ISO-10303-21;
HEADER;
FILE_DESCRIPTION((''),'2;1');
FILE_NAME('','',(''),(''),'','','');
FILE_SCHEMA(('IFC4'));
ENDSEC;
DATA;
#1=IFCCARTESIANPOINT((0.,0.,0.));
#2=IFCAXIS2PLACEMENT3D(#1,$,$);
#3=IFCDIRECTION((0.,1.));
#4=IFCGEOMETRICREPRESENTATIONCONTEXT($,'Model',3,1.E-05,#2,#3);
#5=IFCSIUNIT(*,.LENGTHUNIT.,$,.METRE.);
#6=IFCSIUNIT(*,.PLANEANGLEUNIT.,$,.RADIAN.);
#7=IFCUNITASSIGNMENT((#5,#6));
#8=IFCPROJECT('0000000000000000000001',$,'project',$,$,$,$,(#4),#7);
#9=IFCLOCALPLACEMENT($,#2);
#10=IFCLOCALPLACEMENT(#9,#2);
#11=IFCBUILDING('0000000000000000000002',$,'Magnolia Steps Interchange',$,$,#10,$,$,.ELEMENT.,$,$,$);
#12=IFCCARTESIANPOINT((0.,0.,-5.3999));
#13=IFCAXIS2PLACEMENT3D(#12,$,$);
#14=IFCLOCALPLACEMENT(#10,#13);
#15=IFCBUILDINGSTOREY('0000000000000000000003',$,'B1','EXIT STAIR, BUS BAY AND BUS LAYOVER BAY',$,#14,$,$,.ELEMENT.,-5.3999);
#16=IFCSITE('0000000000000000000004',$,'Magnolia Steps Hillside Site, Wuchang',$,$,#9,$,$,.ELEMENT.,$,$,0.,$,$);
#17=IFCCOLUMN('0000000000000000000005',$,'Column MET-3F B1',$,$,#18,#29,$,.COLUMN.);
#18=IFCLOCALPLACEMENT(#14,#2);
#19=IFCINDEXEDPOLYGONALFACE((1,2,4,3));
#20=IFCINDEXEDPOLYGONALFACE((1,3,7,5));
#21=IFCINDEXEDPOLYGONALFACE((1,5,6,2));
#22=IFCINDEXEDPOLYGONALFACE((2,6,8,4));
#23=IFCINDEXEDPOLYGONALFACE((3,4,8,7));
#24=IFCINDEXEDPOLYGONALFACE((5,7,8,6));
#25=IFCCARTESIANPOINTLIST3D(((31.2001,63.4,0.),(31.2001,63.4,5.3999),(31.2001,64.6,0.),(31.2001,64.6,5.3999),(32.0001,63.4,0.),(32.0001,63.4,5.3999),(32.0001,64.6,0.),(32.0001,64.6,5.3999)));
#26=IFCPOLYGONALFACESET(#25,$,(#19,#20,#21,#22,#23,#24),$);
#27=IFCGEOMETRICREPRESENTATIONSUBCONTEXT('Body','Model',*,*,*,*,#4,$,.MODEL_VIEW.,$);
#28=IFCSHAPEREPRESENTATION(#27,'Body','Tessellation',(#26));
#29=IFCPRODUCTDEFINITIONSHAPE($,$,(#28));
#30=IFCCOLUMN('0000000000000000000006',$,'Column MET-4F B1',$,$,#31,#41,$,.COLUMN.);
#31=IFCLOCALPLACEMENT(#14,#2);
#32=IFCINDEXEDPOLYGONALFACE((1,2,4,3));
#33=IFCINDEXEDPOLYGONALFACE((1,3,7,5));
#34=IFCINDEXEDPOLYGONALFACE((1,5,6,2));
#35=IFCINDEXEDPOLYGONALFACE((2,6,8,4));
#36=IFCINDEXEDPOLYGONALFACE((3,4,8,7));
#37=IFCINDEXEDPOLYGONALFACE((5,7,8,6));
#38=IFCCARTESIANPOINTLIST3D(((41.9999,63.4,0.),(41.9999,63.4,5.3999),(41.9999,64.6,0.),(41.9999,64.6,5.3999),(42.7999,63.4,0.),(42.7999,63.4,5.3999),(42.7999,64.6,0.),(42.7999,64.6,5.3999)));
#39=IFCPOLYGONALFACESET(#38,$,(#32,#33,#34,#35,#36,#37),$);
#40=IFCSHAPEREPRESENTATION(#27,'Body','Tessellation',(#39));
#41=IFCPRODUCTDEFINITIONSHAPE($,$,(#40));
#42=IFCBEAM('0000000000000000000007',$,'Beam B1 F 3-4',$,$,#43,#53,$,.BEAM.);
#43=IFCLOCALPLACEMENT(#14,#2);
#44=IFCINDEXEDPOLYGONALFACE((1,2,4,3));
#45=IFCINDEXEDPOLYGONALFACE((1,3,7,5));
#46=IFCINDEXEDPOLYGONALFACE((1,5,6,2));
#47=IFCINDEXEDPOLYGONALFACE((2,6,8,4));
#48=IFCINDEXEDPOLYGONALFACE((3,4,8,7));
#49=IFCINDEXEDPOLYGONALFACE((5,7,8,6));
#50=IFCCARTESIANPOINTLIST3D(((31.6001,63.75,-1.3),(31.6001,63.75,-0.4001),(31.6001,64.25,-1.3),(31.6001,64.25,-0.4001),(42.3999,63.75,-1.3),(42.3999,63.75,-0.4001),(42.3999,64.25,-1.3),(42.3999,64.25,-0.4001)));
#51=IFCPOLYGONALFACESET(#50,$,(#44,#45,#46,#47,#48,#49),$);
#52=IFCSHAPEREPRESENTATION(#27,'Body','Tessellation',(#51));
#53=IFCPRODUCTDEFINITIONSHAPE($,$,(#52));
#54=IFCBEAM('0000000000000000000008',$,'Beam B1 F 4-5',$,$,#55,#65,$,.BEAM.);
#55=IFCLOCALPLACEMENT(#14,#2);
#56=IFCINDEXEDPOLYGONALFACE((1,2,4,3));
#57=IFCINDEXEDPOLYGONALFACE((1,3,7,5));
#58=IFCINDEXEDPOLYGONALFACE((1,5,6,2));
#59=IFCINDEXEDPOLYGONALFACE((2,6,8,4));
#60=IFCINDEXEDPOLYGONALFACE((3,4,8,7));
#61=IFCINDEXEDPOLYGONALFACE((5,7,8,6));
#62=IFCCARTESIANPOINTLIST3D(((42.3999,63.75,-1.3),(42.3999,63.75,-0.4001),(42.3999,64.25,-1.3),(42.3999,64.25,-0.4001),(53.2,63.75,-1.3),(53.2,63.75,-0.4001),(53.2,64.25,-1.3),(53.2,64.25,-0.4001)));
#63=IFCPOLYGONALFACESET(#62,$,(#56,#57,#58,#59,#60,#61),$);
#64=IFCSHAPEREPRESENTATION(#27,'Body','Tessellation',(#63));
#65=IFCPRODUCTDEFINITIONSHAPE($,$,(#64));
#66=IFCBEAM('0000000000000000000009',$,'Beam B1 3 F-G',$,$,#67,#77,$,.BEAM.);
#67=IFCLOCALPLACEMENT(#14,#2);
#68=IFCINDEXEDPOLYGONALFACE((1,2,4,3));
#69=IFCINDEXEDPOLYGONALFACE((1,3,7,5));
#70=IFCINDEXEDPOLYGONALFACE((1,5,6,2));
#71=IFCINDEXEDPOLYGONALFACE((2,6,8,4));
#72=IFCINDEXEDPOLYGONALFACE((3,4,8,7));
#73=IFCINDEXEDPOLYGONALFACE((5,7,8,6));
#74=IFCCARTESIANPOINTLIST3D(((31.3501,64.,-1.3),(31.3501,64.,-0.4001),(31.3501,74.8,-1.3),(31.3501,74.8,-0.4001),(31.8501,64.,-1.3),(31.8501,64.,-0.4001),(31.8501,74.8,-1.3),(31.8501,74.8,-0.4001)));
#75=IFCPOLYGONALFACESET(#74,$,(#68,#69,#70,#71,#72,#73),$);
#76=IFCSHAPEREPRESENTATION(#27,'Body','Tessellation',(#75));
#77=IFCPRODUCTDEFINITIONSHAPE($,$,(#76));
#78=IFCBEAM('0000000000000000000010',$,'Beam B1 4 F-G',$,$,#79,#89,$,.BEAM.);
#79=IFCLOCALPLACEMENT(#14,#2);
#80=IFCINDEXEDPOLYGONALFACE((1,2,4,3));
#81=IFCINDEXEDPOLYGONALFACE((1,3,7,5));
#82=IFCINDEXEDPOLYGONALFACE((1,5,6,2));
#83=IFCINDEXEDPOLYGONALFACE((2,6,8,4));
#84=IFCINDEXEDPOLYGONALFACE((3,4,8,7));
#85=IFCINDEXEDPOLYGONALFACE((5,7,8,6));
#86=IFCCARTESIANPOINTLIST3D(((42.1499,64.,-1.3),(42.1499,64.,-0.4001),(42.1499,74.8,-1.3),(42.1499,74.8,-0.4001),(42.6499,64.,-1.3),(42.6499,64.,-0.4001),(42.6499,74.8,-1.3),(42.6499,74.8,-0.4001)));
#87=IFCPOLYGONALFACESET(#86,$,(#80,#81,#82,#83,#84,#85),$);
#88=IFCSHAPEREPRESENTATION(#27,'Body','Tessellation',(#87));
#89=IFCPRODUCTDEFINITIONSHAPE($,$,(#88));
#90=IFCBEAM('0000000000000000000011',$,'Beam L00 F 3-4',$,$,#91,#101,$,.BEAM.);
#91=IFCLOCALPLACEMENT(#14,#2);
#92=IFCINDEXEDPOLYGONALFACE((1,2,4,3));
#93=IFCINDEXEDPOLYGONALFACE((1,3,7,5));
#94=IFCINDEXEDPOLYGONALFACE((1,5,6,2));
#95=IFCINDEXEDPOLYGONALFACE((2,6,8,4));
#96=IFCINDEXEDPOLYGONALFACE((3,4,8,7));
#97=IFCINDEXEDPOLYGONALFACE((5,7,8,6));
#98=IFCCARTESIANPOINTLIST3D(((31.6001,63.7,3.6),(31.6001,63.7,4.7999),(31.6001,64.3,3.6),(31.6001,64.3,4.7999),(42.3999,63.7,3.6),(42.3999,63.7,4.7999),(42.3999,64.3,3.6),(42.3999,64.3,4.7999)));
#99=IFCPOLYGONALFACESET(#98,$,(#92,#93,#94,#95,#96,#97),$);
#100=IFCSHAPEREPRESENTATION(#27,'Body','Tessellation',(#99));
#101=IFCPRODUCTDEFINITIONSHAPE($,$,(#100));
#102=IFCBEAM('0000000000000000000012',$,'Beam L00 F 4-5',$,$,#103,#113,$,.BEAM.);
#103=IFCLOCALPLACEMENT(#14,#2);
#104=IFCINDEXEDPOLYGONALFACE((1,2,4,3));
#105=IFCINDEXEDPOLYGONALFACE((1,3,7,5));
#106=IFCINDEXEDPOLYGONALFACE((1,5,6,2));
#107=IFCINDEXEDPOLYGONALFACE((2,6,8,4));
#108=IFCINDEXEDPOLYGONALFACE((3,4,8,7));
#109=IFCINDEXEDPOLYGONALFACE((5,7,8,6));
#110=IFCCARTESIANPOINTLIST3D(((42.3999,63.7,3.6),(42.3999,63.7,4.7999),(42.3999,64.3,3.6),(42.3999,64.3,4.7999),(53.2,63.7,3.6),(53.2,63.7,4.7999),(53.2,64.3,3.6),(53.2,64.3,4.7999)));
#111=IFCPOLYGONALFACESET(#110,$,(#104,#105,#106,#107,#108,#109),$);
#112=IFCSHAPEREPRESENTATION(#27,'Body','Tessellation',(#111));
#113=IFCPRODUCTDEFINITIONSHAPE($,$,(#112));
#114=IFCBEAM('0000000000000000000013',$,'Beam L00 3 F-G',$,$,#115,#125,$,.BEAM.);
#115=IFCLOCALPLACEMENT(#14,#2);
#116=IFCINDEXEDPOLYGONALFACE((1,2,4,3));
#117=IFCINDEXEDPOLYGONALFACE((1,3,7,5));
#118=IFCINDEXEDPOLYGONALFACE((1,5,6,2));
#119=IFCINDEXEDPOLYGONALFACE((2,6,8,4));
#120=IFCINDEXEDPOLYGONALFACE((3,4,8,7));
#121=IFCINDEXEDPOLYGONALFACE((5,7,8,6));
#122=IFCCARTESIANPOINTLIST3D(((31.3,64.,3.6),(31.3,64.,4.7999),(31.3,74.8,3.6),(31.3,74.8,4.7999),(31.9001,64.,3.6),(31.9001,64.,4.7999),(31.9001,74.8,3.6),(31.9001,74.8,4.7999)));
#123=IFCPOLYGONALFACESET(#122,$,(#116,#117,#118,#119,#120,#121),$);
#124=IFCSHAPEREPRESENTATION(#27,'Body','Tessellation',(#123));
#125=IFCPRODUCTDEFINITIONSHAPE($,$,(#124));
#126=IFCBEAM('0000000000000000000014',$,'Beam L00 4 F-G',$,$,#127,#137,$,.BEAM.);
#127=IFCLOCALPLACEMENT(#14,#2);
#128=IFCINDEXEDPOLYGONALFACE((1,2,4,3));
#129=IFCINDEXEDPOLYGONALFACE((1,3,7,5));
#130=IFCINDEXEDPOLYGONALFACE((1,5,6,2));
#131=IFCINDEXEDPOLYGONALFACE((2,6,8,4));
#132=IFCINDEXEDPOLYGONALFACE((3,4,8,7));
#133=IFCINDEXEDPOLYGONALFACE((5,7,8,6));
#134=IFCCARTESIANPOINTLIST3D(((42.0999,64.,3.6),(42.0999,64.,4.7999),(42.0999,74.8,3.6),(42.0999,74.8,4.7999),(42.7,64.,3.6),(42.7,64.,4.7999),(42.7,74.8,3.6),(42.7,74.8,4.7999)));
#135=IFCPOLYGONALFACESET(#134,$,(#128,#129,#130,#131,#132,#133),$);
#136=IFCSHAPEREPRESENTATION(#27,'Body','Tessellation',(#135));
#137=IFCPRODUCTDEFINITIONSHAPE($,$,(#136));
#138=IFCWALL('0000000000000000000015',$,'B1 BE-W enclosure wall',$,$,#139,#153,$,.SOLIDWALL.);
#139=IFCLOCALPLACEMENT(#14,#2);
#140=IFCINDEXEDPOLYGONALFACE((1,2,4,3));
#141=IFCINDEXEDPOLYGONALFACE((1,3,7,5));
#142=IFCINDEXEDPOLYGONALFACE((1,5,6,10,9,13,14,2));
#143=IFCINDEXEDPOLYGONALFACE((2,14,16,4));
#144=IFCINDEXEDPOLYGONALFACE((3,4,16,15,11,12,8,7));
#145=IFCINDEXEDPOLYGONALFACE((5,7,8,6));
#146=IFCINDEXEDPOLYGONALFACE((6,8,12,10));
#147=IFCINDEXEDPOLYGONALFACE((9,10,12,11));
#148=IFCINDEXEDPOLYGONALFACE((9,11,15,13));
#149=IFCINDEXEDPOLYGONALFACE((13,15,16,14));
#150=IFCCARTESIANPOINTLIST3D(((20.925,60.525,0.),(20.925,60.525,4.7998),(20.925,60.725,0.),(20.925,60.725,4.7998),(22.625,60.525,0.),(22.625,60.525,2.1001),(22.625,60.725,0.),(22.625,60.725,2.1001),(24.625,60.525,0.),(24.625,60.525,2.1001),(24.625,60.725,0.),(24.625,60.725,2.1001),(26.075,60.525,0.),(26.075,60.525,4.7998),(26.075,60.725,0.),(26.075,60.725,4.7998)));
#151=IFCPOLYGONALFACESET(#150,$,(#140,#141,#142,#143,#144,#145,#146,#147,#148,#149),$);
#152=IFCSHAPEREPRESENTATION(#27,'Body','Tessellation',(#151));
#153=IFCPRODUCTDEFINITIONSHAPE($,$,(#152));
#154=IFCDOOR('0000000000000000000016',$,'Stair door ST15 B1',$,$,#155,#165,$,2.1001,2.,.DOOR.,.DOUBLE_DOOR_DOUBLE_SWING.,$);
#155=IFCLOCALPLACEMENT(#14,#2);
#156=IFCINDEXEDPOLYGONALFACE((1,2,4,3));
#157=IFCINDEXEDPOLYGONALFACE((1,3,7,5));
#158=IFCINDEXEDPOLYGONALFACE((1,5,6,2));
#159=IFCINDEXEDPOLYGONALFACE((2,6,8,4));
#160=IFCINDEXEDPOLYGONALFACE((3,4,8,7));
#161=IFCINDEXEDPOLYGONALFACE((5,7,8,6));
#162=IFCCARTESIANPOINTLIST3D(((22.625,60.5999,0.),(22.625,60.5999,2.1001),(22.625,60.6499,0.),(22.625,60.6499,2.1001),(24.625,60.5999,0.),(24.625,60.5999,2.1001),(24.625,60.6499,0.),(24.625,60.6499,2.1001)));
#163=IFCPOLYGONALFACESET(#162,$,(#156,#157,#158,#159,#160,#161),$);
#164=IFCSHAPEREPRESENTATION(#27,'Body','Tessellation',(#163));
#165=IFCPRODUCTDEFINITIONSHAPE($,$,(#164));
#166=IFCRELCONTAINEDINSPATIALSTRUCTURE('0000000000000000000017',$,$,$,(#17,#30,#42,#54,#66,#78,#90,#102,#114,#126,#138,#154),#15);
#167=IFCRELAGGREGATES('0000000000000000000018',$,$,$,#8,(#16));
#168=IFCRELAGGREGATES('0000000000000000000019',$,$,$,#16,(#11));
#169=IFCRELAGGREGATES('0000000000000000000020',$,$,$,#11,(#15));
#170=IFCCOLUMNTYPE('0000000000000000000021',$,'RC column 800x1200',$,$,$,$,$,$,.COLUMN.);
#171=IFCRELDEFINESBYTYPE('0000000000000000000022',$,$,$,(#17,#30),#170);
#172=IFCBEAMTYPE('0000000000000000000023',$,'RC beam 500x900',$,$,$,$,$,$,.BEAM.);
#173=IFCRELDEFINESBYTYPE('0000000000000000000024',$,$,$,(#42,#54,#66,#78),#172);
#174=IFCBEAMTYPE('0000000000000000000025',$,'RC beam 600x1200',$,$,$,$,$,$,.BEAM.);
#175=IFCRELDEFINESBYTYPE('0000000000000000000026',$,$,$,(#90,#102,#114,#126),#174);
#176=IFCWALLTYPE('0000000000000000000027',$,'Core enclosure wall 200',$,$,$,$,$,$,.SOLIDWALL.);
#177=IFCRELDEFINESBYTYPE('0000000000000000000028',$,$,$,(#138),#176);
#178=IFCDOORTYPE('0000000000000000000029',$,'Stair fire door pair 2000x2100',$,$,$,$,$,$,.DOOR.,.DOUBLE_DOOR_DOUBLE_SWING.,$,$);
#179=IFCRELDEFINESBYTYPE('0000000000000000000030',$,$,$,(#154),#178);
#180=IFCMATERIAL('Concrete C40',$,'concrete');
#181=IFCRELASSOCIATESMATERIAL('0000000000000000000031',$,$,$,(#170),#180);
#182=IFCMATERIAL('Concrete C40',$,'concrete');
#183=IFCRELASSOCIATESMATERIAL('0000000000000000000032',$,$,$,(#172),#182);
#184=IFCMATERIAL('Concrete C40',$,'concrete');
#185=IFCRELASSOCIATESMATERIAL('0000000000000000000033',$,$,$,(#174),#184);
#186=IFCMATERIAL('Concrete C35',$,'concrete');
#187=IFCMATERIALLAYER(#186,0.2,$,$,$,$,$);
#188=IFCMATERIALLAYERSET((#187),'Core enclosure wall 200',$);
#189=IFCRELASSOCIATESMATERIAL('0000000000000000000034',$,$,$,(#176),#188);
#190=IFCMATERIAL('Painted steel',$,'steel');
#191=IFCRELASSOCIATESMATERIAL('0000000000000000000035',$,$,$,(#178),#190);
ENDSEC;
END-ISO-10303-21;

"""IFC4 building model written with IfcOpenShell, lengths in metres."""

from ifc_helpers import new_model, si_unit, direction, frame, frame_2d, origin, origin_2d, place, context, subcontext, project, spatial, rectangle, extrude, material, layer, layer_set, material_profile, profile_set, type_object, element, fill, save


model = new_model("IFC4")

# Units and contexts
model_context = context("Model", 3, precision=1e-05, world=origin(), true_north=direction((0.0, 1.0)))
body_context = subcontext(model_context, "Body", "Model", "MODEL_VIEW")
ifc_project = project(units=[si_unit("LENGTHUNIT", "METRE"), si_unit("PLANEANGLEUNIT", "RADIAN")], contexts=[model_context])

# Site, building, storey
site_placement = place(None, origin())
site = spatial("IfcSite", under=ifc_project, at=site_placement, Name="Magnolia Steps Hillside Site, Wuchang", CompositionType="ELEMENT", RefElevation=0.0)
building_placement = place(site_placement, origin())
building = spatial("IfcBuilding", under=site, at=building_placement, Name="Magnolia Steps Interchange", CompositionType="ELEMENT")
storey_placement = place(building_placement, frame((0.0, 0.0, -5.3999)))
storey = spatial("IfcBuildingStorey", under=building, at=storey_placement, Name="B1", Description="EXIT STAIR, BUS BAY AND BUS LAYOVER BAY", CompositionType="ELEMENT", Elevation=-5.3999)

# Columns
ifc_material_1 = material(Name="Concrete C40", Category="concrete")
ifc_material_profile_1 = material_profile(ifc_material_1, rectangle(XDim=0.8, YDim=1.2, at=origin_2d()), Name="RC800x1200")
ifc_profile_set_1 = profile_set([ifc_material_profile_1], Name="Concrete C40")
column_type = type_object("IfcColumnType", Name="RC column 800x1200", PredefinedType="COLUMN", material=ifc_profile_set_1)
for number, where, z_axis, x_axis, name in (
    (1, (31.6001, 64.0, 0.0), (0.0, 0.0, 1.0), (1.0, 0.0, 0.0), "Column MET-3F B1"),
    (2, (42.3999, 64.0, 0.0), (0.0, 0.0, 1.0), (1.0, 0.0, 0.0), "Column MET-4F B1"),
):
    element("IfcColumn", number, at=place(storey_placement, frame(where, z_axis=z_axis, x_axis=x_axis)), inside=storey, type_object=column_type, Name=name, PredefinedType="COLUMN", context=body_context, shape_type="SweptSolid", body=[
        extrude(rectangle(XDim=0.8, YDim=1.2, at=origin_2d()), origin(), (0.0, 0.0, 1.0), 5.3999),
    ])

# Beams
ifc_material_2 = material(Name="Concrete C40", Category="concrete")
ifc_material_profile_2 = material_profile(ifc_material_2, rectangle(XDim=0.5, YDim=0.8999, at=origin_2d()), Name="RC500x900")
ifc_profile_set_2 = profile_set([ifc_material_profile_2], Name="Concrete C40")
beam_type_1 = type_object("IfcBeamType", Name="RC beam 500x900", PredefinedType="BEAM", material=ifc_profile_set_2)
beam_1_placement = place(storey_placement, frame((31.6001, 64.0, -0.8501), z_axis=(1.0, 0.0, 0.0), x_axis=(0.0, 1.0, 0.0)))
element("IfcBeam", 3, at=beam_1_placement, inside=storey, type_object=beam_type_1, Name="Beam B1 F 3-4", PredefinedType="BEAM", context=body_context, shape_type="SweptSolid", body=[
    extrude(rectangle(XDim=0.5, YDim=0.8999, at=origin_2d()), origin(), (0.0, 0.0, 1.0), 10.7998),
])
for number, where, z_axis, x_axis, name in (
    (4, (42.3999, 64.0, -0.8501), (1.0, 0.0, 0.0), (0.0, 1.0, 0.0), "Beam B1 F 4-5"),
    (5, (31.6001, 64.0, -0.8501), (0.0, 1.0, 0.0), (-1.0, 0.0, 0.0), "Beam B1 3 F-G"),
    (6, (42.3999, 64.0, -0.8501), (0.0, 1.0, 0.0), (-1.0, 0.0, 0.0), "Beam B1 4 F-G"),
):
    element("IfcBeam", number, at=place(storey_placement, frame(where, z_axis=z_axis, x_axis=x_axis)), inside=storey, type_object=beam_type_1, Name=name, PredefinedType="BEAM", context=body_context, shape_type="SweptSolid", body=[
        extrude(rectangle(XDim=0.5, YDim=0.8999, at=origin_2d()), origin(), (0.0, 0.0, 1.0), 10.8),
    ])
ifc_material_3 = material(Name="Concrete C40", Category="concrete")
ifc_material_profile_3 = material_profile(ifc_material_3, rectangle(XDim=0.6001, YDim=1.2, at=origin_2d()), Name="RC600x1200")
ifc_profile_set_3 = profile_set([ifc_material_profile_3], Name="Concrete C40")
beam_type_2 = type_object("IfcBeamType", Name="RC beam 600x1200", PredefinedType="BEAM", material=ifc_profile_set_3)
beam_2_placement = place(storey_placement, frame((31.6001, 64.0, 4.2), z_axis=(1.0, 0.0, 0.0), x_axis=(0.0, 1.0, 0.0)))
element("IfcBeam", 7, at=beam_2_placement, inside=storey, type_object=beam_type_2, Name="Beam L00 F 3-4", PredefinedType="BEAM", context=body_context, shape_type="SweptSolid", body=[
    extrude(rectangle(XDim=0.6001, YDim=1.2, at=origin_2d()), origin(), (0.0, 0.0, 1.0), 10.7998),
])
for number, where, z_axis, x_axis, name in (
    (8, (42.3999, 64.0, 4.2), (1.0, 0.0, 0.0), (0.0, 1.0, 0.0), "Beam L00 F 4-5"),
    (9, (31.6001, 64.0, 4.2), (0.0, 1.0, 0.0), (-1.0, 0.0, 0.0), "Beam L00 3 F-G"),
    (10, (42.3999, 64.0, 4.2), (0.0, 1.0, 0.0), (-1.0, 0.0, 0.0), "Beam L00 4 F-G"),
):
    element("IfcBeam", number, at=place(storey_placement, frame(where, z_axis=z_axis, x_axis=x_axis)), inside=storey, type_object=beam_type_2, Name=name, PredefinedType="BEAM", context=body_context, shape_type="SweptSolid", body=[
        extrude(rectangle(XDim=0.6001, YDim=1.2, at=origin_2d()), origin(), (0.0, 0.0, 1.0), 10.8),
    ])

# Wall, opening, door
ifc_material_4 = material(Name="Concrete C35", Category="concrete")
ifc_layer_1 = layer(ifc_material_4, 0.2)
ifc_layer_set_1 = layer_set([ifc_layer_1], Name="Core enclosure wall 200")
wall_type_1 = type_object("IfcWallType", Name="Core enclosure wall 200", PredefinedType="SOLIDWALL", material=ifc_layer_set_1)
wall_1_placement = place(storey_placement, frame((26.075, 60.625, 0.0), z_axis=(0.0, 0.0, 1.0), x_axis=(-1.0, 0.0, 0.0)))
wall_1 = element("IfcWall", 11, at=wall_1_placement, inside=storey, type_object=wall_type_1, Name="B1 BE-W enclosure wall", PredefinedType="SOLIDWALL", context=body_context, shape_type="SweptSolid", body=[
    extrude(rectangle(XDim=5.1499, YDim=0.2, at=frame_2d((2.575, 0.0))), origin(), (0.0, 0.0, 1.0), 4.7998),
])
opening_1_placement = place(wall_1_placement, frame((1.45, 0.0, 0.0)))
opening_1 = element("IfcOpeningElement", 12, at=opening_1_placement, cuts=wall_1, PredefinedType="OPENING", context=body_context, shape_type="SweptSolid", body=[
    extrude(rectangle(XDim=2.0, YDim=2.1001, at=frame_2d((1.0, 1.05))), frame((0.0, 0.1099, 0.0), z_axis=(0.0, -1.0, 0.0), x_axis=(1.0, 0.0, 0.0)), (0.0, 0.0, 1.0), 0.22),
])
ifc_material_5 = material(Name="Painted steel", Category="steel")
door_type_1 = type_object("IfcDoorType", Name="Stair fire door pair 2000x2100", OperationType="DOUBLE_DOOR_DOUBLE_SWING", PredefinedType="DOOR", material=ifc_material_5)
door_1_placement = place(opening_1_placement, frame((2.0, 0.0, 0.0), z_axis=(0.0, 0.0, 1.0), x_axis=(-1.0, 0.0, 0.0)))
door_1 = element("IfcDoor", 13, at=door_1_placement, inside=storey, type_object=door_type_1, Name="Stair door ST15 B1", OperationType="DOUBLE_DOOR_DOUBLE_SWING", OverallHeight=2.1001, OverallWidth=2.0, PredefinedType="DOOR", context=body_context, shape_type="SweptSolid", body=[
    extrude(rectangle(XDim=2.0, YDim=2.1001, at=frame_2d((1.0, 1.05))), frame((0.0, 0.0249, 0.0), z_axis=(0.0, -1.0, 0.0), x_axis=(1.0, 0.0, 0.0)), (0.0, 0.0, 1.0), 0.05),
])
fill(opening_1, door_1)

save(model, "model.ifc")
